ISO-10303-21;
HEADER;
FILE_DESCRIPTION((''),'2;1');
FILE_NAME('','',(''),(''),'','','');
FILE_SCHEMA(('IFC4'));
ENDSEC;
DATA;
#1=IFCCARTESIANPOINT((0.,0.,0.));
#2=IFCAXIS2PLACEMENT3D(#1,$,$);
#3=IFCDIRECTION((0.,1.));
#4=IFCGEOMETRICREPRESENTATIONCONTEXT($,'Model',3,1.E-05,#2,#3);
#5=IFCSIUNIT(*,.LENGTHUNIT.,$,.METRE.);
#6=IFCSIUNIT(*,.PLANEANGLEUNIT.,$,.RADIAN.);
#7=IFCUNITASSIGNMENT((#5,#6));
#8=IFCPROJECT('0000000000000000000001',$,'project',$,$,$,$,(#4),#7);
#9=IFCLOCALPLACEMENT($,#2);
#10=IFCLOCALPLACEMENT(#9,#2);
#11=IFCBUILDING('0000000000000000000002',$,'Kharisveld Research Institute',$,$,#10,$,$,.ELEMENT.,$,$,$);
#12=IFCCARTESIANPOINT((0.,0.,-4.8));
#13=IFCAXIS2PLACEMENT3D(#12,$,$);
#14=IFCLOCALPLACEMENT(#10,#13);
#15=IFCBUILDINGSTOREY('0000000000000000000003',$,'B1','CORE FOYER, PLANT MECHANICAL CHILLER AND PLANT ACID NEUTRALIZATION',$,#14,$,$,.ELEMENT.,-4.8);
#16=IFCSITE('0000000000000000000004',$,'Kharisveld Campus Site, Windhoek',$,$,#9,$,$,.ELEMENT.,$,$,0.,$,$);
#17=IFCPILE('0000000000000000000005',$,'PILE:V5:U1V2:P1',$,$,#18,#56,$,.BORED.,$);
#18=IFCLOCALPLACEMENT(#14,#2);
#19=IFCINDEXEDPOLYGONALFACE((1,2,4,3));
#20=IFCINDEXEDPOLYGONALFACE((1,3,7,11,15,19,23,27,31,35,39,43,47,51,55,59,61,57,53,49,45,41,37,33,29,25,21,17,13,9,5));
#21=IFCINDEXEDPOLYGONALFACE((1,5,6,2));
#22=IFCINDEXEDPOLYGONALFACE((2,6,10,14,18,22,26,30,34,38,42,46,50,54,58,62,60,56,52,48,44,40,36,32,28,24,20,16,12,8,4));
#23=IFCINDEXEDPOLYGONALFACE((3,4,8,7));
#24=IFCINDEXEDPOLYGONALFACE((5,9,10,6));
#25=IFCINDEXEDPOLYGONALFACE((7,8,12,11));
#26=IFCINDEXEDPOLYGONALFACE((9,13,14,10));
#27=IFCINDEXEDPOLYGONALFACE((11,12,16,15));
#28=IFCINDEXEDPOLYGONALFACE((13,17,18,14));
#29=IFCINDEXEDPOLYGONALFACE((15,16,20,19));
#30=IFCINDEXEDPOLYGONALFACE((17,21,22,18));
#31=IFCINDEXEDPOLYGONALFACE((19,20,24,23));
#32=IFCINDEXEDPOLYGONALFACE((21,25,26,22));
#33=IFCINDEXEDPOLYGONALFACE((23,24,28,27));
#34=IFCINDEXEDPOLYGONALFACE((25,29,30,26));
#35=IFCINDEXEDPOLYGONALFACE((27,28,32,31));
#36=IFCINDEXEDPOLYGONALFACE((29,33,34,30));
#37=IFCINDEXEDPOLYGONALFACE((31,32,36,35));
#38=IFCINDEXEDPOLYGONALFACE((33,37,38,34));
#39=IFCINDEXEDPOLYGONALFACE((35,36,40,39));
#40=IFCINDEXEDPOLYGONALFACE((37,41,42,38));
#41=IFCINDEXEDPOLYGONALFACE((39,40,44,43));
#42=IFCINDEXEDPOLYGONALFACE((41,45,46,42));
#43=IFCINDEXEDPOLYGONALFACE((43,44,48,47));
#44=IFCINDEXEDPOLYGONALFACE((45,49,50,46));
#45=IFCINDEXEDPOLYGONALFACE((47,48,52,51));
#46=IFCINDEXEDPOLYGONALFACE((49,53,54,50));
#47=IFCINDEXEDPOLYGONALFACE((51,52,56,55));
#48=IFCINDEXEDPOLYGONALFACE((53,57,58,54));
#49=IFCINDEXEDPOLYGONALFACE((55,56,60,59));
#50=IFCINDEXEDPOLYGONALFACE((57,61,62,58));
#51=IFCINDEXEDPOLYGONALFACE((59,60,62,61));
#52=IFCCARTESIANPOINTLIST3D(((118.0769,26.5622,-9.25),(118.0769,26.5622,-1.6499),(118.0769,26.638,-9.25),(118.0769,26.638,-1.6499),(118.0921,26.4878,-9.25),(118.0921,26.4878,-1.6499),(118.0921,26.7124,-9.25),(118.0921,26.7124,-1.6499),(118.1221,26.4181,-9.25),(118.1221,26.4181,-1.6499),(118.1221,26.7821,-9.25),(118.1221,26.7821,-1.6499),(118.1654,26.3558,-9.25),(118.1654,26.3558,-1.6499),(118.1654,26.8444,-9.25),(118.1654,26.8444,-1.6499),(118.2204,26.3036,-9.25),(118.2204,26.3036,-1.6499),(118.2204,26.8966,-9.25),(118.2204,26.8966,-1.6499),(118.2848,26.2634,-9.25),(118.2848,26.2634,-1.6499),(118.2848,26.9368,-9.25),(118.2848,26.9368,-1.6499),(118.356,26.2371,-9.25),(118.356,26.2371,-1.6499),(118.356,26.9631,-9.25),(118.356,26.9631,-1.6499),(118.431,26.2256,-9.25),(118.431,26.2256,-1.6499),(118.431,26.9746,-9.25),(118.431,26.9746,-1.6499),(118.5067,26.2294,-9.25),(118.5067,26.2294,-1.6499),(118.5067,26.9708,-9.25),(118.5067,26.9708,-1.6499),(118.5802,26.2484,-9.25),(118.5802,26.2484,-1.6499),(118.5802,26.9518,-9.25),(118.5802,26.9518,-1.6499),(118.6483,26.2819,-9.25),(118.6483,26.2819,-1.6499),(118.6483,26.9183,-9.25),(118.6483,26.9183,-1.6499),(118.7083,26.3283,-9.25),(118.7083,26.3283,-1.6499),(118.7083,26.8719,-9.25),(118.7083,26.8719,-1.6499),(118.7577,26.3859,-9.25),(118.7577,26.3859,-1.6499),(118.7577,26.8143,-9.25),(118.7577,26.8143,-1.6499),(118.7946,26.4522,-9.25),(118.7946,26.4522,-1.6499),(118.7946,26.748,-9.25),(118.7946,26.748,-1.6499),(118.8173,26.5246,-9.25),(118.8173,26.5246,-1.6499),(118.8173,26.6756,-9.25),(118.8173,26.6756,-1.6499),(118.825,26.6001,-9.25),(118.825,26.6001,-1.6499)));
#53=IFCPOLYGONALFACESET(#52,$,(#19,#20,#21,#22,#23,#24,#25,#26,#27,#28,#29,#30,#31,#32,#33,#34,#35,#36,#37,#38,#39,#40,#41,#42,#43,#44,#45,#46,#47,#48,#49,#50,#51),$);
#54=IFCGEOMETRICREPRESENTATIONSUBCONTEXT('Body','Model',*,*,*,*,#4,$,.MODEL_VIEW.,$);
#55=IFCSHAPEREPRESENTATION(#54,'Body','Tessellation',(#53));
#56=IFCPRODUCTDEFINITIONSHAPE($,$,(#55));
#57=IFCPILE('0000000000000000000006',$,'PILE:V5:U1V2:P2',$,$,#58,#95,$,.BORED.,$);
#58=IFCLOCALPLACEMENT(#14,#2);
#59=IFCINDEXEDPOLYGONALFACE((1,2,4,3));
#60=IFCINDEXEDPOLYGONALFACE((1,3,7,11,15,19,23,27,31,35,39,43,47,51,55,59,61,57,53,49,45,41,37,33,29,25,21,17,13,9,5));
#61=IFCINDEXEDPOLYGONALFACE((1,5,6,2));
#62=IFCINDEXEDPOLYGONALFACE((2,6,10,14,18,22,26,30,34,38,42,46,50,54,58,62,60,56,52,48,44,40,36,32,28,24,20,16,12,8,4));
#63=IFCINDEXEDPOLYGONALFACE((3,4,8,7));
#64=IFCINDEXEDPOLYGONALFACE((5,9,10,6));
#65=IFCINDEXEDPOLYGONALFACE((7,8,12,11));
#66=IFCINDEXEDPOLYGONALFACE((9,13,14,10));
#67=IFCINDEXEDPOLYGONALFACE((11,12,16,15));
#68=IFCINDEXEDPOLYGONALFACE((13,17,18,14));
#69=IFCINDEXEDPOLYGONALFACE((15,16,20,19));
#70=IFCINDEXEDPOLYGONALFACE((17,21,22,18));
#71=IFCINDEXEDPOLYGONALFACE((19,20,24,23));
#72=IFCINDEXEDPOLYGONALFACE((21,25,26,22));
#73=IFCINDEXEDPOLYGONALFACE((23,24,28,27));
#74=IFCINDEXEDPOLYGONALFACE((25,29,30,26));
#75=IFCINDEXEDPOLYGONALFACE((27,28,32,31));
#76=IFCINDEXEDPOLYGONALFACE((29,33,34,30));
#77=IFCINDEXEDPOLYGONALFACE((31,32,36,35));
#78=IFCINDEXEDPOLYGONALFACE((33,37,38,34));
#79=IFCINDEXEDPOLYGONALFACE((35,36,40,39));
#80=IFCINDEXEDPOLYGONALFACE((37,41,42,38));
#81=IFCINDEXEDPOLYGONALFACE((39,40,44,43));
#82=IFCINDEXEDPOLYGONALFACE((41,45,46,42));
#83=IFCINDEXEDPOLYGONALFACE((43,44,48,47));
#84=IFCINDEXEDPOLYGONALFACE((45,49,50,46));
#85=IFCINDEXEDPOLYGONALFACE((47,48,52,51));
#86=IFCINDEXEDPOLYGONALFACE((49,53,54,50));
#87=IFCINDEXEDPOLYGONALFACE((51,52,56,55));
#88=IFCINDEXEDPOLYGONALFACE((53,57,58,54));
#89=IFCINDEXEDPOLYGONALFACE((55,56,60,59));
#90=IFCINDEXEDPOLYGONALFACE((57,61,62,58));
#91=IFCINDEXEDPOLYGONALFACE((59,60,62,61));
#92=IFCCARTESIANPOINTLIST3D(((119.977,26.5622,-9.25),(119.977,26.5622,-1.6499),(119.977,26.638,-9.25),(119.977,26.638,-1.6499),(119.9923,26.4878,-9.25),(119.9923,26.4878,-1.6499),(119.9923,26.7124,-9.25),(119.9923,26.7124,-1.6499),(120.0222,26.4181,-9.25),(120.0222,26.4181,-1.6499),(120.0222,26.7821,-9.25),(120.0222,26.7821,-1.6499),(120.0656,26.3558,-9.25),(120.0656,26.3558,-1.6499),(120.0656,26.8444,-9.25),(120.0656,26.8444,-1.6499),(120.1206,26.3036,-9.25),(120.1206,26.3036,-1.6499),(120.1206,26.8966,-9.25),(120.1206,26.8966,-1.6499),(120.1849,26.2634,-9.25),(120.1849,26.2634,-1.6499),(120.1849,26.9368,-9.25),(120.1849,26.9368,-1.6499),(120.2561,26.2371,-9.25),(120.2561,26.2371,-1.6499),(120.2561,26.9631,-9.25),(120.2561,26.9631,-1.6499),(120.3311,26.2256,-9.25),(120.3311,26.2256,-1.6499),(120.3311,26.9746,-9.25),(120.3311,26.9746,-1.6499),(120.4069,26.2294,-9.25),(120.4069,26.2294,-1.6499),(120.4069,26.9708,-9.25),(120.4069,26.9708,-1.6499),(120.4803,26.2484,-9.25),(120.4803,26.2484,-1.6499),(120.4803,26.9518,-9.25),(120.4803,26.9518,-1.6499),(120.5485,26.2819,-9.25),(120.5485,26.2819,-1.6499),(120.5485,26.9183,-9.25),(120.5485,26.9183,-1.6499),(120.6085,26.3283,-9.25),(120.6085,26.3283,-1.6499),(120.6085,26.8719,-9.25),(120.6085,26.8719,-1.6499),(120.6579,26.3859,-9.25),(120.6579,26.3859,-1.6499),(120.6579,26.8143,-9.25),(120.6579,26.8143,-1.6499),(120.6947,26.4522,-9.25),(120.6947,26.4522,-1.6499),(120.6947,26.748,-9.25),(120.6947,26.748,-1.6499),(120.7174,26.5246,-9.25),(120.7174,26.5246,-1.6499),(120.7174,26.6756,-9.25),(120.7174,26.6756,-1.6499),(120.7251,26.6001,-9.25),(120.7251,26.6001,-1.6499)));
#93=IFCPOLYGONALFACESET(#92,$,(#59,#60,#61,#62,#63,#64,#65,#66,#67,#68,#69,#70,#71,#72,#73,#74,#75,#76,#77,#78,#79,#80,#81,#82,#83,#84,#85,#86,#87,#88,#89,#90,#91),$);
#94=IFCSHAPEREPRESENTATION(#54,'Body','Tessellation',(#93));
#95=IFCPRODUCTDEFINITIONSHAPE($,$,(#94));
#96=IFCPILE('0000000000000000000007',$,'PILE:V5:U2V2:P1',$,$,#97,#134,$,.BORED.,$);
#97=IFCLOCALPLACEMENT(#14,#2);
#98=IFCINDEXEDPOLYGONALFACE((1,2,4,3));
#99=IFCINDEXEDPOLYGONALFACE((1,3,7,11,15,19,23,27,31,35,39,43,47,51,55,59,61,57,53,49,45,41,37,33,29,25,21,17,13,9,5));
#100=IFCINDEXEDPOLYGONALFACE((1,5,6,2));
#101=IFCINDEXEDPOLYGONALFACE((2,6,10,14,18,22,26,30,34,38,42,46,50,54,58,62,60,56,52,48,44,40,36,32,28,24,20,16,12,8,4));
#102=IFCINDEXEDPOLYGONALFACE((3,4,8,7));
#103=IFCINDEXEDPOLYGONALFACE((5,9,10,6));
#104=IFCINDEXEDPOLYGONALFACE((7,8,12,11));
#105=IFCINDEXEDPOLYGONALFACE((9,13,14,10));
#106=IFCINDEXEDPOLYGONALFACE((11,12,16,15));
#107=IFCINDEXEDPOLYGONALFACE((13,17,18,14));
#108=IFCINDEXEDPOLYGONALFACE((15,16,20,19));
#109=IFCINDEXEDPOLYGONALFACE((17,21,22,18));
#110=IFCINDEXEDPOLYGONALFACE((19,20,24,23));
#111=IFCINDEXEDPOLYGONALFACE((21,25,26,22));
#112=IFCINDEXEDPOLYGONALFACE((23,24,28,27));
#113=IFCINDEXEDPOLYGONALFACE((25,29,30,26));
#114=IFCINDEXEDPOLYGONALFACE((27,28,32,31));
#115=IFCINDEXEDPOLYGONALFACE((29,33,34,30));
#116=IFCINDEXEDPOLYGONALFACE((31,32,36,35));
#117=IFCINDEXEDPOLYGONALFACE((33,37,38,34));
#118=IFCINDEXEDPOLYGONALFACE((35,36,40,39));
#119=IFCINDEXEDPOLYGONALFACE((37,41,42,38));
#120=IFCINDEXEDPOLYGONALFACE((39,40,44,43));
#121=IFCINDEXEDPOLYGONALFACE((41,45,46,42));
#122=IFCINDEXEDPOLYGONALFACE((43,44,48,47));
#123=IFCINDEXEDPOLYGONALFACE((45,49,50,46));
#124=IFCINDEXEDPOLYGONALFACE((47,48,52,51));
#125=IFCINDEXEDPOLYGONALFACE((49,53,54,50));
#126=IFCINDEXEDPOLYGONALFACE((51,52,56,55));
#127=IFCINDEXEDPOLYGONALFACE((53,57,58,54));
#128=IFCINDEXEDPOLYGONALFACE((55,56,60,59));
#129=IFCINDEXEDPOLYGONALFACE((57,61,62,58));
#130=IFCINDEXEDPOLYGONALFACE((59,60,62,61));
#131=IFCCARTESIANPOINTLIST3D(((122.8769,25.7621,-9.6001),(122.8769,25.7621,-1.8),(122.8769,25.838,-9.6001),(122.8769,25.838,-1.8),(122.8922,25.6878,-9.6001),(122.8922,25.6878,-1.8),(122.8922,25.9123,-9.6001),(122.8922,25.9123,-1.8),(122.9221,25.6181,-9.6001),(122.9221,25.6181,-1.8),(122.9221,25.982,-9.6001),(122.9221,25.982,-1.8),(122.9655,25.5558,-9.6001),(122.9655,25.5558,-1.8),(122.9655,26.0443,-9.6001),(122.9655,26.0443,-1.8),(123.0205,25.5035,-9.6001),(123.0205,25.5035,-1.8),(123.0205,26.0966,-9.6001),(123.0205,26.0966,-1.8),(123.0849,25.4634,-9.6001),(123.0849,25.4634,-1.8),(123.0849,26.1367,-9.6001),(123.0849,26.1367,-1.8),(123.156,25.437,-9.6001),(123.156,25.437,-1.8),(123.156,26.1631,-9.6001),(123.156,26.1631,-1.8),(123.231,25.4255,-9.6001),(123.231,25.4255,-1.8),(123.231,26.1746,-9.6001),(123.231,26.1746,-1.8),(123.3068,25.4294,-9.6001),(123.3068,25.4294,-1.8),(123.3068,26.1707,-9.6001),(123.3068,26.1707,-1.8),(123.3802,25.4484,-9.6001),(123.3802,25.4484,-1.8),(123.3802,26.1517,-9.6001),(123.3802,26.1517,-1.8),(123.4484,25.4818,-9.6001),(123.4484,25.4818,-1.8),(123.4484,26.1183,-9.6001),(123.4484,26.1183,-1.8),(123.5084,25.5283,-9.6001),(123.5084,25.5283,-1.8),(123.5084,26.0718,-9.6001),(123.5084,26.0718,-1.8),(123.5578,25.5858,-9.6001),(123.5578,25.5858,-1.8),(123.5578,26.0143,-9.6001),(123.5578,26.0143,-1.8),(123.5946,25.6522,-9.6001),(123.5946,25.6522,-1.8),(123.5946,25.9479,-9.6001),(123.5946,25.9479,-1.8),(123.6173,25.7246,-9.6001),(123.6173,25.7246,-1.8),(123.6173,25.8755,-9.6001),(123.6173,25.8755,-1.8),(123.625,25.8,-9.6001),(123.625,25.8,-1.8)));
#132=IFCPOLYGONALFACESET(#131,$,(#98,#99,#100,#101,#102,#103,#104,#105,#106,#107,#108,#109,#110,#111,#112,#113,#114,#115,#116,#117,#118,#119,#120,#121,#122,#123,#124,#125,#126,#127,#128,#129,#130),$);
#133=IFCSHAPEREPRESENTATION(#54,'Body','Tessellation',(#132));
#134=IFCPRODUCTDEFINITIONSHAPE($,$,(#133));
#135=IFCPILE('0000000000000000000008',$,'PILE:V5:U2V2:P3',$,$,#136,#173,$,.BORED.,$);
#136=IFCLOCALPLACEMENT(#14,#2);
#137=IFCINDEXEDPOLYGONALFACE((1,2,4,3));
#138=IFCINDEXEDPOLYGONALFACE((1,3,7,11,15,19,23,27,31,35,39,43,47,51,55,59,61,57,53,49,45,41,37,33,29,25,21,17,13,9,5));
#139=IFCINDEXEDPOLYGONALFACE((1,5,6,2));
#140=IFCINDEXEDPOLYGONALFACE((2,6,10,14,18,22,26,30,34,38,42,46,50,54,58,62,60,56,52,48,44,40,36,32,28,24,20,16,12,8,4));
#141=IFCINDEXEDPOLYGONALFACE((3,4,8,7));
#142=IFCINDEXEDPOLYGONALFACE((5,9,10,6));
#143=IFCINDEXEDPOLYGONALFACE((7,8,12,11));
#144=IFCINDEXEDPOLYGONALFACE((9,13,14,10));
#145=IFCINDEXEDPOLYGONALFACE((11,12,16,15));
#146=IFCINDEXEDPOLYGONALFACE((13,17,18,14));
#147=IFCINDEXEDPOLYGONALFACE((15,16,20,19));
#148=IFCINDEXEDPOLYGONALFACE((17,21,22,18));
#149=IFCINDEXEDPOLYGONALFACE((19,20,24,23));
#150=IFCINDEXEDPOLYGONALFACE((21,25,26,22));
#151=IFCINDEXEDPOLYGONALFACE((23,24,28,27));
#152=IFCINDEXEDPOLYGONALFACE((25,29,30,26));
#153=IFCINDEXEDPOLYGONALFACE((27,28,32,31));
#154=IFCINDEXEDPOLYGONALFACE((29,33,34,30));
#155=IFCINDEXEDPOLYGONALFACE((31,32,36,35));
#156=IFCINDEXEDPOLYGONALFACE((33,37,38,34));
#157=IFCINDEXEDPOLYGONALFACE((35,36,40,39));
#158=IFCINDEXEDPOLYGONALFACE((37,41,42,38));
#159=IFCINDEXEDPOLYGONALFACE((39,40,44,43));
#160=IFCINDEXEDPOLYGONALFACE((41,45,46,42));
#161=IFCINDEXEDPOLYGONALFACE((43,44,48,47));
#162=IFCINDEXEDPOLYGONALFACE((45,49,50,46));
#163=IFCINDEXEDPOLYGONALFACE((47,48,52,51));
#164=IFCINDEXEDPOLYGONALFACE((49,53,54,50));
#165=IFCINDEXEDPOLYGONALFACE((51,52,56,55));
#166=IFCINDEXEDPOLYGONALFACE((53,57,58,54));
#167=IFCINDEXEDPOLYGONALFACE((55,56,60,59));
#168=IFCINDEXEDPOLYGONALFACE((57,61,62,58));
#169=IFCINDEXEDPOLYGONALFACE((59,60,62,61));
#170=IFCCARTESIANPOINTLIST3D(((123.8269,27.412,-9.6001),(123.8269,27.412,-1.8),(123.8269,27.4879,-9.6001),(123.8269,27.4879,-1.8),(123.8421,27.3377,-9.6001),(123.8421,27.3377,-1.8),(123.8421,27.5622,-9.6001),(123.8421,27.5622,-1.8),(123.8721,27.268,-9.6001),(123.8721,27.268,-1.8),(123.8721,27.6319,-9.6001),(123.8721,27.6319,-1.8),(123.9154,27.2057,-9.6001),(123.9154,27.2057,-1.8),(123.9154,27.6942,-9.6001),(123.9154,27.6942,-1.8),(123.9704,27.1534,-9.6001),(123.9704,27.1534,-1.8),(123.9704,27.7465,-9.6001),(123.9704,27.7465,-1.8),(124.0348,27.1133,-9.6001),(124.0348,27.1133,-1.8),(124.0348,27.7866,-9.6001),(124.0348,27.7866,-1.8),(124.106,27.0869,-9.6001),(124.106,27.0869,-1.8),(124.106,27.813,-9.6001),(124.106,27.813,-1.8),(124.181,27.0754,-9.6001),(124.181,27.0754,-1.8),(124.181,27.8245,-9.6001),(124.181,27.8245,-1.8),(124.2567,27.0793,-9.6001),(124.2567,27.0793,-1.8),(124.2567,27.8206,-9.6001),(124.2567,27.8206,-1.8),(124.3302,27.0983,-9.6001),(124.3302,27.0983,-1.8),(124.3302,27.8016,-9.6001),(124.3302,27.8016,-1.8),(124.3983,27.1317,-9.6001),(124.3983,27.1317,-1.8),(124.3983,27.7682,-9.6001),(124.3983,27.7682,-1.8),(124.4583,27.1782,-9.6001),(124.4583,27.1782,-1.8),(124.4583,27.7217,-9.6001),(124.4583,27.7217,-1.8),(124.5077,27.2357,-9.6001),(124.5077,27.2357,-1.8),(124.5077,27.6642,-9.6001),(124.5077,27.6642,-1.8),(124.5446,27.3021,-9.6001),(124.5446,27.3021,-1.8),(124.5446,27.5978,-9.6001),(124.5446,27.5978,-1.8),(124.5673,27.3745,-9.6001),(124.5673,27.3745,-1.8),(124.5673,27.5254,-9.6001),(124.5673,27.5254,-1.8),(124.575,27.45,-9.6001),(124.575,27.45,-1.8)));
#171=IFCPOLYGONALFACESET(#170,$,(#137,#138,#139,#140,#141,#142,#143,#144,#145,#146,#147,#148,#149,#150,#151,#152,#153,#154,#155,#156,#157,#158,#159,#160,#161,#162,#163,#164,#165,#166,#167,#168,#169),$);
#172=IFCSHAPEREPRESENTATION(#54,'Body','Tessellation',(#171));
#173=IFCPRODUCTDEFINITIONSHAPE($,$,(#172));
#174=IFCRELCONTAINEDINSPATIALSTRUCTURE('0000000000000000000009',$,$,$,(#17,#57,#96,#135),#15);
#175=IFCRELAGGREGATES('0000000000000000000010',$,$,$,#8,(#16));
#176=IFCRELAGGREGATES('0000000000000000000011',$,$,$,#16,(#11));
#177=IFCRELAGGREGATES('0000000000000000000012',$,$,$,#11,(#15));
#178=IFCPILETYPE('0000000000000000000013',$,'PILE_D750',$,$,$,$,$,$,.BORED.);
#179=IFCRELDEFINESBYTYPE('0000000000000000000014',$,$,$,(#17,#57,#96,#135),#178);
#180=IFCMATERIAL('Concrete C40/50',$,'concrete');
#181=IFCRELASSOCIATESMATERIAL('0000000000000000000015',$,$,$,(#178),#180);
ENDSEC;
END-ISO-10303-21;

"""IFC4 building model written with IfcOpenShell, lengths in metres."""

from ifc_helpers import new_model, si_unit, direction, frame, origin, origin_2d, place, context, subcontext, project, spatial, circle, extrude, material, material_profile, profile_set, type_object, element, save


model = new_model("IFC4")

# Units and contexts
model_context = context("Model", 3, precision=1e-05, world=origin(), true_north=direction((0.0, 1.0)))
body_context = subcontext(model_context, "Body", "Model", "MODEL_VIEW")
ifc_project = project(units=[si_unit("LENGTHUNIT", "METRE"), si_unit("PLANEANGLEUNIT", "RADIAN")], contexts=[model_context])

# Site, building, storey
site_placement = place(None, origin())
site = spatial("IfcSite", under=ifc_project, at=site_placement, Name="Kharisveld Campus Site, Windhoek", CompositionType="ELEMENT", RefElevation=0.0)
building_placement = place(site_placement, origin())
building = spatial("IfcBuilding", under=site, at=building_placement, Name="Kharisveld Research Institute", CompositionType="ELEMENT")
storey_placement = place(building_placement, frame((0.0, 0.0, -4.8)))
storey = spatial("IfcBuildingStorey", under=building, at=storey_placement, Name="B1", Description="CORE FOYER, PLANT MECHANICAL CHILLER AND PLANT ACID NEUTRALIZATION", CompositionType="ELEMENT", Elevation=-4.8)

# Piles
ifc_material_1 = material(Name="Concrete C40/50", Category="concrete")
ifc_material_profile_1 = material_profile(ifc_material_1, circle(Radius=0.375, at=origin_2d()))
ifc_profile_set_1 = profile_set([ifc_material_profile_1], Name="Concrete C40/50")
pile_type_1 = type_object("IfcPileType", Name="PILE_D750", PredefinedType="BORED", material=ifc_profile_set_1)
for number, where, z_axis, x_axis, name in (
    (1, (118.45, 26.6001, -1.6499), (0.0, 0.0, -1.0), (1.0, 0.0, 0.0), "PILE:V5:U1V2:P1"),
    (2, (120.3501, 26.6001, -1.6499), (0.0, 0.0, -1.0), (1.0, 0.0, 0.0), "PILE:V5:U1V2:P2"),
):
    element("IfcPile", number, at=place(storey_placement, frame(where, z_axis=z_axis, x_axis=x_axis)), inside=storey, type_object=pile_type_1, Name=name, PredefinedType="BORED", context=body_context, shape_type="SweptSolid", body=[
        extrude(circle(Radius=0.375, at=origin_2d()), origin(), (0.0, 0.0, 1.0), 7.6001),
    ])
for number, where, z_axis, x_axis, name in (
    (3, (123.25, 25.8, -1.8), (0.0, 0.0, -1.0), (1.0, 0.0, 0.0), "PILE:V5:U2V2:P1"),
    (4, (124.2, 27.45, -1.8), (0.0, 0.0, -1.0), (1.0, 0.0, 0.0), "PILE:V5:U2V2:P3"),
):
    element("IfcPile", number, at=place(storey_placement, frame(where, z_axis=z_axis, x_axis=x_axis)), inside=storey, type_object=pile_type_1, Name=name, PredefinedType="BORED", context=body_context, shape_type="SweptSolid", body=[
        extrude(circle(Radius=0.375, at=origin_2d()), origin(), (0.0, 0.0, 1.0), 7.8),
    ])

save(model, "model.ifc")
